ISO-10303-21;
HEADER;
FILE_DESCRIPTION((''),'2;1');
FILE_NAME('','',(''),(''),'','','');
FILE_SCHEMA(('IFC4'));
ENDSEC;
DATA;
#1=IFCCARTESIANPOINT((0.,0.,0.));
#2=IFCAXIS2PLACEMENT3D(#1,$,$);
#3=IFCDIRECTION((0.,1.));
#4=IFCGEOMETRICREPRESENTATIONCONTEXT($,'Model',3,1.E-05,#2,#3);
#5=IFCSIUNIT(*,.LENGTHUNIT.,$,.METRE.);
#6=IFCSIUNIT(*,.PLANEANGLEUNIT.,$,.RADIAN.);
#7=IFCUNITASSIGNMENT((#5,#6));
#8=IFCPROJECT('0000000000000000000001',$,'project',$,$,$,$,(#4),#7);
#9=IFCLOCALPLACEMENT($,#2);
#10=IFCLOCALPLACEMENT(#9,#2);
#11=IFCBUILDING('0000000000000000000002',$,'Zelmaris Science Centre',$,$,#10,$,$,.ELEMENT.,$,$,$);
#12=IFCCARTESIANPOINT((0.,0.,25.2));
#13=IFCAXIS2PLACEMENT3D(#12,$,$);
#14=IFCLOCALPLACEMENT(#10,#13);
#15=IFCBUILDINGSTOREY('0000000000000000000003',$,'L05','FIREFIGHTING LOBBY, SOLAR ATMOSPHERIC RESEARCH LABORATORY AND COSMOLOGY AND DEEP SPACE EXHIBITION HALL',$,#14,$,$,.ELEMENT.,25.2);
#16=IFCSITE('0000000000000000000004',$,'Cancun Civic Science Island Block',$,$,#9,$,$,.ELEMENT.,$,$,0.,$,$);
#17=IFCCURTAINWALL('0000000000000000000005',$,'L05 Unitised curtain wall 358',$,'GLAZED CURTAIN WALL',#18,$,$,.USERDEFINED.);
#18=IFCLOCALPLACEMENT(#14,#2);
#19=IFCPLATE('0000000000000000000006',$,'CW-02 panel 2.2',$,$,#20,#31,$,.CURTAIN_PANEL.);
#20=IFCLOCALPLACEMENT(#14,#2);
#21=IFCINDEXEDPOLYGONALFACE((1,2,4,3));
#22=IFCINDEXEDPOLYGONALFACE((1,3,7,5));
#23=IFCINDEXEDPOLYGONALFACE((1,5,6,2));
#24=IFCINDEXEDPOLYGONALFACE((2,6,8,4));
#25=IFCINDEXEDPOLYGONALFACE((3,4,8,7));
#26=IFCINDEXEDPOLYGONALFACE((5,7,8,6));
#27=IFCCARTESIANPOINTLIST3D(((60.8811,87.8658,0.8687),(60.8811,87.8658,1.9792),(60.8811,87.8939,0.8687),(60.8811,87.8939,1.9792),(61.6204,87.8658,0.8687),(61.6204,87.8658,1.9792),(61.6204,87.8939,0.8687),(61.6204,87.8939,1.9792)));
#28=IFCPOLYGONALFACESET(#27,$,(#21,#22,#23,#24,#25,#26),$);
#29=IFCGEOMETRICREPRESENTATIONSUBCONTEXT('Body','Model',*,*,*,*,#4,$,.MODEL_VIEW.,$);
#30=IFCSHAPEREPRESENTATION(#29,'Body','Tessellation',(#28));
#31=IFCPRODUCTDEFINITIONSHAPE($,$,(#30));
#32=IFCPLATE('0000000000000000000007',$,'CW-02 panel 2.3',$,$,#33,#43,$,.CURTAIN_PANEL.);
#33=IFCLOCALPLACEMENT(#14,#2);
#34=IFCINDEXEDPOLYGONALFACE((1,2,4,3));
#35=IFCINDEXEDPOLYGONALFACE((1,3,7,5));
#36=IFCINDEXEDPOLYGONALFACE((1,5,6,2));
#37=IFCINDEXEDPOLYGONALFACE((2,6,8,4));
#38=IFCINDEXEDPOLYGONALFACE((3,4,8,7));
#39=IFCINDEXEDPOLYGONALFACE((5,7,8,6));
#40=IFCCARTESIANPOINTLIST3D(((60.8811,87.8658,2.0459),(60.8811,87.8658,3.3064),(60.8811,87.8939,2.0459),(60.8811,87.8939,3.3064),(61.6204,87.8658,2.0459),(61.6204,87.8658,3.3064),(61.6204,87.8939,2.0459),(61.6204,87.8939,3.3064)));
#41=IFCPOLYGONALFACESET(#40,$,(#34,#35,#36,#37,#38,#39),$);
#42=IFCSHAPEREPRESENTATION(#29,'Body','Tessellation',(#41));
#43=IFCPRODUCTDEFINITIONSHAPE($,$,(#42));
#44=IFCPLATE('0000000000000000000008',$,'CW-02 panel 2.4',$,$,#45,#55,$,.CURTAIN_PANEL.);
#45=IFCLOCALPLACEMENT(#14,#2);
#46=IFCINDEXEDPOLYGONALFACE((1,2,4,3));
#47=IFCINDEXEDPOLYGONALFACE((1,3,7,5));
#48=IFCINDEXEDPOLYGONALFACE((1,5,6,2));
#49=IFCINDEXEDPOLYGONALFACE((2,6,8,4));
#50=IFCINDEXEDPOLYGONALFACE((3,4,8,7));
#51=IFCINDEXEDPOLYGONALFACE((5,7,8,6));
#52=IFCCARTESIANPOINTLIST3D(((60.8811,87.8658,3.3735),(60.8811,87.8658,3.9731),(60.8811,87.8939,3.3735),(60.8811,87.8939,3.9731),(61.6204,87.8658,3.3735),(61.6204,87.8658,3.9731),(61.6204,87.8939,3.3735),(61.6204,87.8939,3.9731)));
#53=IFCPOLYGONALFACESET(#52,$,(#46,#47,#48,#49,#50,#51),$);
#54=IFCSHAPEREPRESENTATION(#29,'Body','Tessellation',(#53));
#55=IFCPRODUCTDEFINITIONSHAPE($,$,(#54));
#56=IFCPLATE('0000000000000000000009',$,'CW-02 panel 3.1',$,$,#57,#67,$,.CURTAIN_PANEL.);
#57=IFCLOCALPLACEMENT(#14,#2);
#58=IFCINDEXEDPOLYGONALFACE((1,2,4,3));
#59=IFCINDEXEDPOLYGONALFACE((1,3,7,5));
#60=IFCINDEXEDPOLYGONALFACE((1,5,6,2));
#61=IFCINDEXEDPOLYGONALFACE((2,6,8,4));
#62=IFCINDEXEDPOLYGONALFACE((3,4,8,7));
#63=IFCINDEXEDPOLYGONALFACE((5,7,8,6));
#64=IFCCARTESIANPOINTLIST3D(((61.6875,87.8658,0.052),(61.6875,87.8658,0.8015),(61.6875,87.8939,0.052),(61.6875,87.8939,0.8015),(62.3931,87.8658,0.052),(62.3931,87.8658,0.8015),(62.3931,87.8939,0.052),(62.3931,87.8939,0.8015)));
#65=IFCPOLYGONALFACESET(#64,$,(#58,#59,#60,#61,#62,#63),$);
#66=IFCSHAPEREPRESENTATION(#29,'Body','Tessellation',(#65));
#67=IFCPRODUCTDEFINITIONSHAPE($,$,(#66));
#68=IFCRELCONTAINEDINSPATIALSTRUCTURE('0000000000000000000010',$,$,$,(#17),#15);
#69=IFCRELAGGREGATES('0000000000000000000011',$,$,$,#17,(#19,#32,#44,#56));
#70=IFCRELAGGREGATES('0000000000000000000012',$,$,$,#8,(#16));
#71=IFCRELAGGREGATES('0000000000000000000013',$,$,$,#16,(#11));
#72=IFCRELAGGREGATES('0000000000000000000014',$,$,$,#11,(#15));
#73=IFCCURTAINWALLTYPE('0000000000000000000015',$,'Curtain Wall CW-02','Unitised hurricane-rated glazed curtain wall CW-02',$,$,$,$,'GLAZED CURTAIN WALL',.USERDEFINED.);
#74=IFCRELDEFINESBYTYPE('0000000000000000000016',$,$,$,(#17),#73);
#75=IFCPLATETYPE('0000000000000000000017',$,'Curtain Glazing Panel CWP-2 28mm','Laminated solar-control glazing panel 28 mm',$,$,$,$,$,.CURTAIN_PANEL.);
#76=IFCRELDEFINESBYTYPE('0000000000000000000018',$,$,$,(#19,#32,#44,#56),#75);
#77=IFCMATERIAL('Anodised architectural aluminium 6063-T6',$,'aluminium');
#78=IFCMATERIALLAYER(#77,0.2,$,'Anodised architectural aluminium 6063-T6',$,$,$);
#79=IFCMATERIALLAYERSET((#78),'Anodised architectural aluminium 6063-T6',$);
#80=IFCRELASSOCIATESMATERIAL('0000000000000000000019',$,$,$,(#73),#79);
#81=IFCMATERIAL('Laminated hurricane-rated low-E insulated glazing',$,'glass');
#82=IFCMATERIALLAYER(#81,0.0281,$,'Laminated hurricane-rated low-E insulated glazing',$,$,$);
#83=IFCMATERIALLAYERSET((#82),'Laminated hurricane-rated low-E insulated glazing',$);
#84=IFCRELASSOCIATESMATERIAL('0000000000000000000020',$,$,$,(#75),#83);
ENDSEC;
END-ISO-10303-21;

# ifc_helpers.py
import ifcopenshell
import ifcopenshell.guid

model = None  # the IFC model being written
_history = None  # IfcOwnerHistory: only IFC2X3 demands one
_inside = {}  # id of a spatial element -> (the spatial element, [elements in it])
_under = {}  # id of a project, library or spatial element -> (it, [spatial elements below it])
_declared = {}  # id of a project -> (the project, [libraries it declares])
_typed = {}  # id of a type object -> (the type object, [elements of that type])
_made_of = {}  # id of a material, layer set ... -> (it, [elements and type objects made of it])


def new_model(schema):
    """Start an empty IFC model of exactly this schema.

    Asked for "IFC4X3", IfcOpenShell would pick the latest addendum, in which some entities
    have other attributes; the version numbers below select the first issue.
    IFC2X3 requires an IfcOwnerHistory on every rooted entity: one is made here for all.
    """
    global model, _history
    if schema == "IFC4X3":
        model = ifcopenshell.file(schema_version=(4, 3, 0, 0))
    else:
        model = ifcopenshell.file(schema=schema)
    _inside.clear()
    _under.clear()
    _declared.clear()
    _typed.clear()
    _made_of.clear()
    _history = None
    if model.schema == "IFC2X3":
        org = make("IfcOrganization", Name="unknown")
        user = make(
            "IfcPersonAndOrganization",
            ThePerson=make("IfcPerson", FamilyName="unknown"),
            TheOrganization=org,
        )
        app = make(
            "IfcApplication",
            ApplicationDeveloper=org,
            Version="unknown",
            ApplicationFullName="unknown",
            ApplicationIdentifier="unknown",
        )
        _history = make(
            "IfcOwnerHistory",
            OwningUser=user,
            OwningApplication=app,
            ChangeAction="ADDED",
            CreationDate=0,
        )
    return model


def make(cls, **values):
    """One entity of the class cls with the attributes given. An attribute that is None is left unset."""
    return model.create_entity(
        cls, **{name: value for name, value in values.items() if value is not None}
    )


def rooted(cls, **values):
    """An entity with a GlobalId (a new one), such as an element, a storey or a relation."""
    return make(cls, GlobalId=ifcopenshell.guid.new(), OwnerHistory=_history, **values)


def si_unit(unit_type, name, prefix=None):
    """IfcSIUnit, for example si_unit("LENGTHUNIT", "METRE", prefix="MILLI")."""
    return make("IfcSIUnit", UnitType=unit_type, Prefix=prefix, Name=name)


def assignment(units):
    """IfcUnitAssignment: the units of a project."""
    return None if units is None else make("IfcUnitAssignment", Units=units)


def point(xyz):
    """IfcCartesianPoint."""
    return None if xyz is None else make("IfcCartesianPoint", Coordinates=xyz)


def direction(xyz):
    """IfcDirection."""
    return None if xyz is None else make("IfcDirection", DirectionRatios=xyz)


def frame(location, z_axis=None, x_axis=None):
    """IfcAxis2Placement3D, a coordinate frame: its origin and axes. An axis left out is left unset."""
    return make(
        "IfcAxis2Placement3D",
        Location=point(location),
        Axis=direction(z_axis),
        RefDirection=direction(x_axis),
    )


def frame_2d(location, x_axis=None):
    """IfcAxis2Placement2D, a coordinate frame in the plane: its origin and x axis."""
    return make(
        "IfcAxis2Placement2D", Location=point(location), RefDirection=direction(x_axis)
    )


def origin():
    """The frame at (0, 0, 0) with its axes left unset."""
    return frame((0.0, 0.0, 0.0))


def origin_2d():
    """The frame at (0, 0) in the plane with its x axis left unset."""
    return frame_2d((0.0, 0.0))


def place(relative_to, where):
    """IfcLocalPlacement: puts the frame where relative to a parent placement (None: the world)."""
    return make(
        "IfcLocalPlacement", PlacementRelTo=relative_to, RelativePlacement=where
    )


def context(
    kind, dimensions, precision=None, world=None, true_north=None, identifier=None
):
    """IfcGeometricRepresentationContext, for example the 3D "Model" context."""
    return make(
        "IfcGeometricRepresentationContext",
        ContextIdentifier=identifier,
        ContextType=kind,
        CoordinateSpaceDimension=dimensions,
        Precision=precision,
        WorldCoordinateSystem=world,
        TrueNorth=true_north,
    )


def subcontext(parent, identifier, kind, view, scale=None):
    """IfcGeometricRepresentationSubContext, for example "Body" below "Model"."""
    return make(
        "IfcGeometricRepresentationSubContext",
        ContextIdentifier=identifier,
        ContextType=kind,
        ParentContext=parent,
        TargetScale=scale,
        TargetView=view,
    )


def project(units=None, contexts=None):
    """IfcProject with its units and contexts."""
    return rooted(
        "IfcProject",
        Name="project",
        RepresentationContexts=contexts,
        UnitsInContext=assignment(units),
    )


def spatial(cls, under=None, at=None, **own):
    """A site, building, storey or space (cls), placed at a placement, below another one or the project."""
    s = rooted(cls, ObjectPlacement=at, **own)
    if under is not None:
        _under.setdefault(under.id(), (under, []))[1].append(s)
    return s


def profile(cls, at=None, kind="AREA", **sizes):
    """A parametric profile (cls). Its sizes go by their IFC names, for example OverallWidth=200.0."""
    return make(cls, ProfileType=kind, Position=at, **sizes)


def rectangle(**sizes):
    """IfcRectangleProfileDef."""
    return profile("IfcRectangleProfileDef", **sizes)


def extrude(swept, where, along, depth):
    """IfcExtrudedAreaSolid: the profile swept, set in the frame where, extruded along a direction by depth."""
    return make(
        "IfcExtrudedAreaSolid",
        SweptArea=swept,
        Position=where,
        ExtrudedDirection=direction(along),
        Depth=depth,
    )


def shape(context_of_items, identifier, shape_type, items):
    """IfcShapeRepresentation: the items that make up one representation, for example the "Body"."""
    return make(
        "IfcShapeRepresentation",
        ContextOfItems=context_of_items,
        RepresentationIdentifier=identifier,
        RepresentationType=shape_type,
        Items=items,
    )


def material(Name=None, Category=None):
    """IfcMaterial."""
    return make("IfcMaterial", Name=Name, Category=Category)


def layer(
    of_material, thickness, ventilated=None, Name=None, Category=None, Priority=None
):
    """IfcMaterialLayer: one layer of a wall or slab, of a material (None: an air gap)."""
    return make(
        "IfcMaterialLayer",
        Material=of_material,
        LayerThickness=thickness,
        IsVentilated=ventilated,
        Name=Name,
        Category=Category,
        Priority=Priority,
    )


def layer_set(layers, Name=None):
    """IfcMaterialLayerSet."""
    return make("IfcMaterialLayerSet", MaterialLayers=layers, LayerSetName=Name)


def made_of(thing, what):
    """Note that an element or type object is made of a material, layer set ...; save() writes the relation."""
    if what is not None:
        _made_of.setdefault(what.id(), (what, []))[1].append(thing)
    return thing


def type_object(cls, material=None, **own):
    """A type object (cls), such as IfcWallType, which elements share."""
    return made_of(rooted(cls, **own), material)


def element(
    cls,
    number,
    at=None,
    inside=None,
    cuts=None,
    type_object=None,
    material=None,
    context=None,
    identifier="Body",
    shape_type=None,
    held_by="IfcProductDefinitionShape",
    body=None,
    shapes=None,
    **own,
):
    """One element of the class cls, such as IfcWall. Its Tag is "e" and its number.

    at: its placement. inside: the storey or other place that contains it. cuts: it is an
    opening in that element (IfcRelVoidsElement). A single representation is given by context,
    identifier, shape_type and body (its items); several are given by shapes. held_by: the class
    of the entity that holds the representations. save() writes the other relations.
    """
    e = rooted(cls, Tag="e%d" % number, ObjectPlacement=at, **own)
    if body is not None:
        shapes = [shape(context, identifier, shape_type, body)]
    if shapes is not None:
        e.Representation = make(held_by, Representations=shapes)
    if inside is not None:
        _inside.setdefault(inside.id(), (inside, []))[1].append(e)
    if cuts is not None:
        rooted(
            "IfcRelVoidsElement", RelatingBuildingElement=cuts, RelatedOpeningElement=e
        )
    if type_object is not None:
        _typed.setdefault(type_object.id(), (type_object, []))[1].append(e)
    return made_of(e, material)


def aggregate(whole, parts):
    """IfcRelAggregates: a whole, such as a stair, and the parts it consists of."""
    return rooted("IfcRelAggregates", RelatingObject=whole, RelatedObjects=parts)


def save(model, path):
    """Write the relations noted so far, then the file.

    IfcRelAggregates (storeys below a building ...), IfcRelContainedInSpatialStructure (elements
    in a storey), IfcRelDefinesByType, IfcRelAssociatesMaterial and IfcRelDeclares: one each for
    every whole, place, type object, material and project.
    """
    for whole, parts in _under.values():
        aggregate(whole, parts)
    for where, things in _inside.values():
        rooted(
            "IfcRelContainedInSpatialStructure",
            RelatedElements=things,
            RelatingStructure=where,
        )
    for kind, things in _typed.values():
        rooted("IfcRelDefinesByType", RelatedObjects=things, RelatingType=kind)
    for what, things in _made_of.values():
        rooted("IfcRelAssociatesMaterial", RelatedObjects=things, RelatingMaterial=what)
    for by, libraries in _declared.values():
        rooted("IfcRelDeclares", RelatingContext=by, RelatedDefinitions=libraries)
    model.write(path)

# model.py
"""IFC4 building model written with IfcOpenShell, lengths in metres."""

from ifc_helpers import new_model, si_unit, direction, frame, origin, origin_2d, place, context, subcontext, project, spatial, rectangle, extrude, material, layer, layer_set, type_object, element, aggregate, save


model = new_model("IFC4")

# Units and contexts
model_context = context("Model", 3, precision=1e-05, world=origin(), true_north=direction((0.0, 1.0)))
body_context = subcontext(model_context, "Body", "Model", "MODEL_VIEW")
ifc_project = project(units=[si_unit("LENGTHUNIT", "METRE"), si_unit("PLANEANGLEUNIT", "RADIAN")], contexts=[model_context])

# Site, building, storey
site_placement = place(None, origin())
site = spatial("IfcSite", under=ifc_project, at=site_placement, Name="Cancun Civic Science Island Block", CompositionType="ELEMENT", RefElevation=0.0)
building_placement = place(site_placement, origin())
building = spatial("IfcBuilding", under=site, at=building_placement, Name="Zelmaris Science Centre", CompositionType="ELEMENT")
storey_placement = place(building_placement, frame((0.0, 0.0, 25.2)))
storey = spatial("IfcBuildingStorey", under=building, at=storey_placement, Name="L05", Description="FIREFIGHTING LOBBY, SOLAR ATMOSPHERIC RESEARCH LABORATORY AND COSMOLOGY AND DEEP SPACE EXHIBITION HALL", CompositionType="ELEMENT", Elevation=25.2)

# Curtain wall, plates
ifc_material_1 = material(Name="Anodised architectural aluminium 6063-T6", Category="aluminium")
ifc_layer_1 = layer(ifc_material_1, 0.2, Name="Anodised architectural aluminium 6063-T6")
ifc_layer_set_1 = layer_set([ifc_layer_1], Name="Anodised architectural aluminium 6063-T6")
curtain_wall_type = type_object("IfcCurtainWallType", Name="Curtain Wall CW-02", Description="Unitised hurricane-rated glazed curtain wall CW-02", ElementType="GLAZED CURTAIN WALL", PredefinedType="USERDEFINED", material=ifc_layer_set_1)
curtain_wall_placement = place(storey_placement, origin())
curtain_wall = element("IfcCurtainWall", 1, at=curtain_wall_placement, inside=storey, type_object=curtain_wall_type, Name="L05 Unitised curtain wall 358", ObjectType="GLAZED CURTAIN WALL", PredefinedType="USERDEFINED")
ifc_material_2 = material(Name="Laminated hurricane-rated low-E insulated glazing", Category="glass")
ifc_layer_2 = layer(ifc_material_2, 0.0281, Name="Laminated hurricane-rated low-E insulated glazing")
ifc_layer_set_2 = layer_set([ifc_layer_2], Name="Laminated hurricane-rated low-E insulated glazing")
plate_type = type_object("IfcPlateType", Name="Curtain Glazing Panel CWP-2 28mm", Description="Laminated solar-control glazing panel 28 mm", PredefinedType="CURTAIN_PANEL", material=ifc_layer_set_2)
plate_1_placement = place(storey_placement, frame((61.2507, 87.8799, 0.8687), z_axis=(0.0, 0.0, 1.0), x_axis=(1.0, 0.0, 0.0)))
plate_1 = element("IfcPlate", 2, at=plate_1_placement, type_object=plate_type, Name="CW-02 panel 2.2", PredefinedType="CURTAIN_PANEL", context=body_context, shape_type="SweptSolid", body=[
    extrude(rectangle(XDim=0.7393, YDim=0.0281, at=origin_2d()), origin(), (0.0, 0.0, 1.0), 1.1106),
])
plate_2_placement = place(storey_placement, frame((61.2507, 87.8799, 2.0459), z_axis=(0.0, 0.0, 1.0), x_axis=(1.0, 0.0, 0.0)))
plate_2 = element("IfcPlate", 3, at=plate_2_placement, type_object=plate_type, Name="CW-02 panel 2.3", PredefinedType="CURTAIN_PANEL", context=body_context, shape_type="SweptSolid", body=[
    extrude(rectangle(XDim=0.7393, YDim=0.0281, at=origin_2d()), origin(), (0.0, 0.0, 1.0), 1.2605),
])
plate_3_placement = place(storey_placement, frame((61.2507, 87.8799, 3.3735), z_axis=(0.0, 0.0, 1.0), x_axis=(1.0, 0.0, 0.0)))
plate_3 = element("IfcPlate", 4, at=plate_3_placement, type_object=plate_type, Name="CW-02 panel 2.4", PredefinedType="CURTAIN_PANEL", context=body_context, shape_type="SweptSolid", body=[
    extrude(rectangle(XDim=0.7393, YDim=0.0281, at=origin_2d()), origin(), (0.0, 0.0, 1.0), 0.5996),
])
plate_4_placement = place(storey_placement, frame((62.0403, 87.8799, 0.052), z_axis=(0.0, 0.0, 1.0), x_axis=(1.0, 0.0, 0.0)))
plate_4 = element("IfcPlate", 5, at=plate_4_placement, type_object=plate_type, Name="CW-02 panel 3.1", PredefinedType="CURTAIN_PANEL", context=body_context, shape_type="SweptSolid", body=[
    extrude(rectangle(XDim=0.7056, YDim=0.0281, at=origin_2d()), origin(), (0.0, 0.0, 1.0), 0.7495),
])
aggregate(curtain_wall, [plate_1, plate_2, plate_3, plate_4])

save(model, "model.ifc")
